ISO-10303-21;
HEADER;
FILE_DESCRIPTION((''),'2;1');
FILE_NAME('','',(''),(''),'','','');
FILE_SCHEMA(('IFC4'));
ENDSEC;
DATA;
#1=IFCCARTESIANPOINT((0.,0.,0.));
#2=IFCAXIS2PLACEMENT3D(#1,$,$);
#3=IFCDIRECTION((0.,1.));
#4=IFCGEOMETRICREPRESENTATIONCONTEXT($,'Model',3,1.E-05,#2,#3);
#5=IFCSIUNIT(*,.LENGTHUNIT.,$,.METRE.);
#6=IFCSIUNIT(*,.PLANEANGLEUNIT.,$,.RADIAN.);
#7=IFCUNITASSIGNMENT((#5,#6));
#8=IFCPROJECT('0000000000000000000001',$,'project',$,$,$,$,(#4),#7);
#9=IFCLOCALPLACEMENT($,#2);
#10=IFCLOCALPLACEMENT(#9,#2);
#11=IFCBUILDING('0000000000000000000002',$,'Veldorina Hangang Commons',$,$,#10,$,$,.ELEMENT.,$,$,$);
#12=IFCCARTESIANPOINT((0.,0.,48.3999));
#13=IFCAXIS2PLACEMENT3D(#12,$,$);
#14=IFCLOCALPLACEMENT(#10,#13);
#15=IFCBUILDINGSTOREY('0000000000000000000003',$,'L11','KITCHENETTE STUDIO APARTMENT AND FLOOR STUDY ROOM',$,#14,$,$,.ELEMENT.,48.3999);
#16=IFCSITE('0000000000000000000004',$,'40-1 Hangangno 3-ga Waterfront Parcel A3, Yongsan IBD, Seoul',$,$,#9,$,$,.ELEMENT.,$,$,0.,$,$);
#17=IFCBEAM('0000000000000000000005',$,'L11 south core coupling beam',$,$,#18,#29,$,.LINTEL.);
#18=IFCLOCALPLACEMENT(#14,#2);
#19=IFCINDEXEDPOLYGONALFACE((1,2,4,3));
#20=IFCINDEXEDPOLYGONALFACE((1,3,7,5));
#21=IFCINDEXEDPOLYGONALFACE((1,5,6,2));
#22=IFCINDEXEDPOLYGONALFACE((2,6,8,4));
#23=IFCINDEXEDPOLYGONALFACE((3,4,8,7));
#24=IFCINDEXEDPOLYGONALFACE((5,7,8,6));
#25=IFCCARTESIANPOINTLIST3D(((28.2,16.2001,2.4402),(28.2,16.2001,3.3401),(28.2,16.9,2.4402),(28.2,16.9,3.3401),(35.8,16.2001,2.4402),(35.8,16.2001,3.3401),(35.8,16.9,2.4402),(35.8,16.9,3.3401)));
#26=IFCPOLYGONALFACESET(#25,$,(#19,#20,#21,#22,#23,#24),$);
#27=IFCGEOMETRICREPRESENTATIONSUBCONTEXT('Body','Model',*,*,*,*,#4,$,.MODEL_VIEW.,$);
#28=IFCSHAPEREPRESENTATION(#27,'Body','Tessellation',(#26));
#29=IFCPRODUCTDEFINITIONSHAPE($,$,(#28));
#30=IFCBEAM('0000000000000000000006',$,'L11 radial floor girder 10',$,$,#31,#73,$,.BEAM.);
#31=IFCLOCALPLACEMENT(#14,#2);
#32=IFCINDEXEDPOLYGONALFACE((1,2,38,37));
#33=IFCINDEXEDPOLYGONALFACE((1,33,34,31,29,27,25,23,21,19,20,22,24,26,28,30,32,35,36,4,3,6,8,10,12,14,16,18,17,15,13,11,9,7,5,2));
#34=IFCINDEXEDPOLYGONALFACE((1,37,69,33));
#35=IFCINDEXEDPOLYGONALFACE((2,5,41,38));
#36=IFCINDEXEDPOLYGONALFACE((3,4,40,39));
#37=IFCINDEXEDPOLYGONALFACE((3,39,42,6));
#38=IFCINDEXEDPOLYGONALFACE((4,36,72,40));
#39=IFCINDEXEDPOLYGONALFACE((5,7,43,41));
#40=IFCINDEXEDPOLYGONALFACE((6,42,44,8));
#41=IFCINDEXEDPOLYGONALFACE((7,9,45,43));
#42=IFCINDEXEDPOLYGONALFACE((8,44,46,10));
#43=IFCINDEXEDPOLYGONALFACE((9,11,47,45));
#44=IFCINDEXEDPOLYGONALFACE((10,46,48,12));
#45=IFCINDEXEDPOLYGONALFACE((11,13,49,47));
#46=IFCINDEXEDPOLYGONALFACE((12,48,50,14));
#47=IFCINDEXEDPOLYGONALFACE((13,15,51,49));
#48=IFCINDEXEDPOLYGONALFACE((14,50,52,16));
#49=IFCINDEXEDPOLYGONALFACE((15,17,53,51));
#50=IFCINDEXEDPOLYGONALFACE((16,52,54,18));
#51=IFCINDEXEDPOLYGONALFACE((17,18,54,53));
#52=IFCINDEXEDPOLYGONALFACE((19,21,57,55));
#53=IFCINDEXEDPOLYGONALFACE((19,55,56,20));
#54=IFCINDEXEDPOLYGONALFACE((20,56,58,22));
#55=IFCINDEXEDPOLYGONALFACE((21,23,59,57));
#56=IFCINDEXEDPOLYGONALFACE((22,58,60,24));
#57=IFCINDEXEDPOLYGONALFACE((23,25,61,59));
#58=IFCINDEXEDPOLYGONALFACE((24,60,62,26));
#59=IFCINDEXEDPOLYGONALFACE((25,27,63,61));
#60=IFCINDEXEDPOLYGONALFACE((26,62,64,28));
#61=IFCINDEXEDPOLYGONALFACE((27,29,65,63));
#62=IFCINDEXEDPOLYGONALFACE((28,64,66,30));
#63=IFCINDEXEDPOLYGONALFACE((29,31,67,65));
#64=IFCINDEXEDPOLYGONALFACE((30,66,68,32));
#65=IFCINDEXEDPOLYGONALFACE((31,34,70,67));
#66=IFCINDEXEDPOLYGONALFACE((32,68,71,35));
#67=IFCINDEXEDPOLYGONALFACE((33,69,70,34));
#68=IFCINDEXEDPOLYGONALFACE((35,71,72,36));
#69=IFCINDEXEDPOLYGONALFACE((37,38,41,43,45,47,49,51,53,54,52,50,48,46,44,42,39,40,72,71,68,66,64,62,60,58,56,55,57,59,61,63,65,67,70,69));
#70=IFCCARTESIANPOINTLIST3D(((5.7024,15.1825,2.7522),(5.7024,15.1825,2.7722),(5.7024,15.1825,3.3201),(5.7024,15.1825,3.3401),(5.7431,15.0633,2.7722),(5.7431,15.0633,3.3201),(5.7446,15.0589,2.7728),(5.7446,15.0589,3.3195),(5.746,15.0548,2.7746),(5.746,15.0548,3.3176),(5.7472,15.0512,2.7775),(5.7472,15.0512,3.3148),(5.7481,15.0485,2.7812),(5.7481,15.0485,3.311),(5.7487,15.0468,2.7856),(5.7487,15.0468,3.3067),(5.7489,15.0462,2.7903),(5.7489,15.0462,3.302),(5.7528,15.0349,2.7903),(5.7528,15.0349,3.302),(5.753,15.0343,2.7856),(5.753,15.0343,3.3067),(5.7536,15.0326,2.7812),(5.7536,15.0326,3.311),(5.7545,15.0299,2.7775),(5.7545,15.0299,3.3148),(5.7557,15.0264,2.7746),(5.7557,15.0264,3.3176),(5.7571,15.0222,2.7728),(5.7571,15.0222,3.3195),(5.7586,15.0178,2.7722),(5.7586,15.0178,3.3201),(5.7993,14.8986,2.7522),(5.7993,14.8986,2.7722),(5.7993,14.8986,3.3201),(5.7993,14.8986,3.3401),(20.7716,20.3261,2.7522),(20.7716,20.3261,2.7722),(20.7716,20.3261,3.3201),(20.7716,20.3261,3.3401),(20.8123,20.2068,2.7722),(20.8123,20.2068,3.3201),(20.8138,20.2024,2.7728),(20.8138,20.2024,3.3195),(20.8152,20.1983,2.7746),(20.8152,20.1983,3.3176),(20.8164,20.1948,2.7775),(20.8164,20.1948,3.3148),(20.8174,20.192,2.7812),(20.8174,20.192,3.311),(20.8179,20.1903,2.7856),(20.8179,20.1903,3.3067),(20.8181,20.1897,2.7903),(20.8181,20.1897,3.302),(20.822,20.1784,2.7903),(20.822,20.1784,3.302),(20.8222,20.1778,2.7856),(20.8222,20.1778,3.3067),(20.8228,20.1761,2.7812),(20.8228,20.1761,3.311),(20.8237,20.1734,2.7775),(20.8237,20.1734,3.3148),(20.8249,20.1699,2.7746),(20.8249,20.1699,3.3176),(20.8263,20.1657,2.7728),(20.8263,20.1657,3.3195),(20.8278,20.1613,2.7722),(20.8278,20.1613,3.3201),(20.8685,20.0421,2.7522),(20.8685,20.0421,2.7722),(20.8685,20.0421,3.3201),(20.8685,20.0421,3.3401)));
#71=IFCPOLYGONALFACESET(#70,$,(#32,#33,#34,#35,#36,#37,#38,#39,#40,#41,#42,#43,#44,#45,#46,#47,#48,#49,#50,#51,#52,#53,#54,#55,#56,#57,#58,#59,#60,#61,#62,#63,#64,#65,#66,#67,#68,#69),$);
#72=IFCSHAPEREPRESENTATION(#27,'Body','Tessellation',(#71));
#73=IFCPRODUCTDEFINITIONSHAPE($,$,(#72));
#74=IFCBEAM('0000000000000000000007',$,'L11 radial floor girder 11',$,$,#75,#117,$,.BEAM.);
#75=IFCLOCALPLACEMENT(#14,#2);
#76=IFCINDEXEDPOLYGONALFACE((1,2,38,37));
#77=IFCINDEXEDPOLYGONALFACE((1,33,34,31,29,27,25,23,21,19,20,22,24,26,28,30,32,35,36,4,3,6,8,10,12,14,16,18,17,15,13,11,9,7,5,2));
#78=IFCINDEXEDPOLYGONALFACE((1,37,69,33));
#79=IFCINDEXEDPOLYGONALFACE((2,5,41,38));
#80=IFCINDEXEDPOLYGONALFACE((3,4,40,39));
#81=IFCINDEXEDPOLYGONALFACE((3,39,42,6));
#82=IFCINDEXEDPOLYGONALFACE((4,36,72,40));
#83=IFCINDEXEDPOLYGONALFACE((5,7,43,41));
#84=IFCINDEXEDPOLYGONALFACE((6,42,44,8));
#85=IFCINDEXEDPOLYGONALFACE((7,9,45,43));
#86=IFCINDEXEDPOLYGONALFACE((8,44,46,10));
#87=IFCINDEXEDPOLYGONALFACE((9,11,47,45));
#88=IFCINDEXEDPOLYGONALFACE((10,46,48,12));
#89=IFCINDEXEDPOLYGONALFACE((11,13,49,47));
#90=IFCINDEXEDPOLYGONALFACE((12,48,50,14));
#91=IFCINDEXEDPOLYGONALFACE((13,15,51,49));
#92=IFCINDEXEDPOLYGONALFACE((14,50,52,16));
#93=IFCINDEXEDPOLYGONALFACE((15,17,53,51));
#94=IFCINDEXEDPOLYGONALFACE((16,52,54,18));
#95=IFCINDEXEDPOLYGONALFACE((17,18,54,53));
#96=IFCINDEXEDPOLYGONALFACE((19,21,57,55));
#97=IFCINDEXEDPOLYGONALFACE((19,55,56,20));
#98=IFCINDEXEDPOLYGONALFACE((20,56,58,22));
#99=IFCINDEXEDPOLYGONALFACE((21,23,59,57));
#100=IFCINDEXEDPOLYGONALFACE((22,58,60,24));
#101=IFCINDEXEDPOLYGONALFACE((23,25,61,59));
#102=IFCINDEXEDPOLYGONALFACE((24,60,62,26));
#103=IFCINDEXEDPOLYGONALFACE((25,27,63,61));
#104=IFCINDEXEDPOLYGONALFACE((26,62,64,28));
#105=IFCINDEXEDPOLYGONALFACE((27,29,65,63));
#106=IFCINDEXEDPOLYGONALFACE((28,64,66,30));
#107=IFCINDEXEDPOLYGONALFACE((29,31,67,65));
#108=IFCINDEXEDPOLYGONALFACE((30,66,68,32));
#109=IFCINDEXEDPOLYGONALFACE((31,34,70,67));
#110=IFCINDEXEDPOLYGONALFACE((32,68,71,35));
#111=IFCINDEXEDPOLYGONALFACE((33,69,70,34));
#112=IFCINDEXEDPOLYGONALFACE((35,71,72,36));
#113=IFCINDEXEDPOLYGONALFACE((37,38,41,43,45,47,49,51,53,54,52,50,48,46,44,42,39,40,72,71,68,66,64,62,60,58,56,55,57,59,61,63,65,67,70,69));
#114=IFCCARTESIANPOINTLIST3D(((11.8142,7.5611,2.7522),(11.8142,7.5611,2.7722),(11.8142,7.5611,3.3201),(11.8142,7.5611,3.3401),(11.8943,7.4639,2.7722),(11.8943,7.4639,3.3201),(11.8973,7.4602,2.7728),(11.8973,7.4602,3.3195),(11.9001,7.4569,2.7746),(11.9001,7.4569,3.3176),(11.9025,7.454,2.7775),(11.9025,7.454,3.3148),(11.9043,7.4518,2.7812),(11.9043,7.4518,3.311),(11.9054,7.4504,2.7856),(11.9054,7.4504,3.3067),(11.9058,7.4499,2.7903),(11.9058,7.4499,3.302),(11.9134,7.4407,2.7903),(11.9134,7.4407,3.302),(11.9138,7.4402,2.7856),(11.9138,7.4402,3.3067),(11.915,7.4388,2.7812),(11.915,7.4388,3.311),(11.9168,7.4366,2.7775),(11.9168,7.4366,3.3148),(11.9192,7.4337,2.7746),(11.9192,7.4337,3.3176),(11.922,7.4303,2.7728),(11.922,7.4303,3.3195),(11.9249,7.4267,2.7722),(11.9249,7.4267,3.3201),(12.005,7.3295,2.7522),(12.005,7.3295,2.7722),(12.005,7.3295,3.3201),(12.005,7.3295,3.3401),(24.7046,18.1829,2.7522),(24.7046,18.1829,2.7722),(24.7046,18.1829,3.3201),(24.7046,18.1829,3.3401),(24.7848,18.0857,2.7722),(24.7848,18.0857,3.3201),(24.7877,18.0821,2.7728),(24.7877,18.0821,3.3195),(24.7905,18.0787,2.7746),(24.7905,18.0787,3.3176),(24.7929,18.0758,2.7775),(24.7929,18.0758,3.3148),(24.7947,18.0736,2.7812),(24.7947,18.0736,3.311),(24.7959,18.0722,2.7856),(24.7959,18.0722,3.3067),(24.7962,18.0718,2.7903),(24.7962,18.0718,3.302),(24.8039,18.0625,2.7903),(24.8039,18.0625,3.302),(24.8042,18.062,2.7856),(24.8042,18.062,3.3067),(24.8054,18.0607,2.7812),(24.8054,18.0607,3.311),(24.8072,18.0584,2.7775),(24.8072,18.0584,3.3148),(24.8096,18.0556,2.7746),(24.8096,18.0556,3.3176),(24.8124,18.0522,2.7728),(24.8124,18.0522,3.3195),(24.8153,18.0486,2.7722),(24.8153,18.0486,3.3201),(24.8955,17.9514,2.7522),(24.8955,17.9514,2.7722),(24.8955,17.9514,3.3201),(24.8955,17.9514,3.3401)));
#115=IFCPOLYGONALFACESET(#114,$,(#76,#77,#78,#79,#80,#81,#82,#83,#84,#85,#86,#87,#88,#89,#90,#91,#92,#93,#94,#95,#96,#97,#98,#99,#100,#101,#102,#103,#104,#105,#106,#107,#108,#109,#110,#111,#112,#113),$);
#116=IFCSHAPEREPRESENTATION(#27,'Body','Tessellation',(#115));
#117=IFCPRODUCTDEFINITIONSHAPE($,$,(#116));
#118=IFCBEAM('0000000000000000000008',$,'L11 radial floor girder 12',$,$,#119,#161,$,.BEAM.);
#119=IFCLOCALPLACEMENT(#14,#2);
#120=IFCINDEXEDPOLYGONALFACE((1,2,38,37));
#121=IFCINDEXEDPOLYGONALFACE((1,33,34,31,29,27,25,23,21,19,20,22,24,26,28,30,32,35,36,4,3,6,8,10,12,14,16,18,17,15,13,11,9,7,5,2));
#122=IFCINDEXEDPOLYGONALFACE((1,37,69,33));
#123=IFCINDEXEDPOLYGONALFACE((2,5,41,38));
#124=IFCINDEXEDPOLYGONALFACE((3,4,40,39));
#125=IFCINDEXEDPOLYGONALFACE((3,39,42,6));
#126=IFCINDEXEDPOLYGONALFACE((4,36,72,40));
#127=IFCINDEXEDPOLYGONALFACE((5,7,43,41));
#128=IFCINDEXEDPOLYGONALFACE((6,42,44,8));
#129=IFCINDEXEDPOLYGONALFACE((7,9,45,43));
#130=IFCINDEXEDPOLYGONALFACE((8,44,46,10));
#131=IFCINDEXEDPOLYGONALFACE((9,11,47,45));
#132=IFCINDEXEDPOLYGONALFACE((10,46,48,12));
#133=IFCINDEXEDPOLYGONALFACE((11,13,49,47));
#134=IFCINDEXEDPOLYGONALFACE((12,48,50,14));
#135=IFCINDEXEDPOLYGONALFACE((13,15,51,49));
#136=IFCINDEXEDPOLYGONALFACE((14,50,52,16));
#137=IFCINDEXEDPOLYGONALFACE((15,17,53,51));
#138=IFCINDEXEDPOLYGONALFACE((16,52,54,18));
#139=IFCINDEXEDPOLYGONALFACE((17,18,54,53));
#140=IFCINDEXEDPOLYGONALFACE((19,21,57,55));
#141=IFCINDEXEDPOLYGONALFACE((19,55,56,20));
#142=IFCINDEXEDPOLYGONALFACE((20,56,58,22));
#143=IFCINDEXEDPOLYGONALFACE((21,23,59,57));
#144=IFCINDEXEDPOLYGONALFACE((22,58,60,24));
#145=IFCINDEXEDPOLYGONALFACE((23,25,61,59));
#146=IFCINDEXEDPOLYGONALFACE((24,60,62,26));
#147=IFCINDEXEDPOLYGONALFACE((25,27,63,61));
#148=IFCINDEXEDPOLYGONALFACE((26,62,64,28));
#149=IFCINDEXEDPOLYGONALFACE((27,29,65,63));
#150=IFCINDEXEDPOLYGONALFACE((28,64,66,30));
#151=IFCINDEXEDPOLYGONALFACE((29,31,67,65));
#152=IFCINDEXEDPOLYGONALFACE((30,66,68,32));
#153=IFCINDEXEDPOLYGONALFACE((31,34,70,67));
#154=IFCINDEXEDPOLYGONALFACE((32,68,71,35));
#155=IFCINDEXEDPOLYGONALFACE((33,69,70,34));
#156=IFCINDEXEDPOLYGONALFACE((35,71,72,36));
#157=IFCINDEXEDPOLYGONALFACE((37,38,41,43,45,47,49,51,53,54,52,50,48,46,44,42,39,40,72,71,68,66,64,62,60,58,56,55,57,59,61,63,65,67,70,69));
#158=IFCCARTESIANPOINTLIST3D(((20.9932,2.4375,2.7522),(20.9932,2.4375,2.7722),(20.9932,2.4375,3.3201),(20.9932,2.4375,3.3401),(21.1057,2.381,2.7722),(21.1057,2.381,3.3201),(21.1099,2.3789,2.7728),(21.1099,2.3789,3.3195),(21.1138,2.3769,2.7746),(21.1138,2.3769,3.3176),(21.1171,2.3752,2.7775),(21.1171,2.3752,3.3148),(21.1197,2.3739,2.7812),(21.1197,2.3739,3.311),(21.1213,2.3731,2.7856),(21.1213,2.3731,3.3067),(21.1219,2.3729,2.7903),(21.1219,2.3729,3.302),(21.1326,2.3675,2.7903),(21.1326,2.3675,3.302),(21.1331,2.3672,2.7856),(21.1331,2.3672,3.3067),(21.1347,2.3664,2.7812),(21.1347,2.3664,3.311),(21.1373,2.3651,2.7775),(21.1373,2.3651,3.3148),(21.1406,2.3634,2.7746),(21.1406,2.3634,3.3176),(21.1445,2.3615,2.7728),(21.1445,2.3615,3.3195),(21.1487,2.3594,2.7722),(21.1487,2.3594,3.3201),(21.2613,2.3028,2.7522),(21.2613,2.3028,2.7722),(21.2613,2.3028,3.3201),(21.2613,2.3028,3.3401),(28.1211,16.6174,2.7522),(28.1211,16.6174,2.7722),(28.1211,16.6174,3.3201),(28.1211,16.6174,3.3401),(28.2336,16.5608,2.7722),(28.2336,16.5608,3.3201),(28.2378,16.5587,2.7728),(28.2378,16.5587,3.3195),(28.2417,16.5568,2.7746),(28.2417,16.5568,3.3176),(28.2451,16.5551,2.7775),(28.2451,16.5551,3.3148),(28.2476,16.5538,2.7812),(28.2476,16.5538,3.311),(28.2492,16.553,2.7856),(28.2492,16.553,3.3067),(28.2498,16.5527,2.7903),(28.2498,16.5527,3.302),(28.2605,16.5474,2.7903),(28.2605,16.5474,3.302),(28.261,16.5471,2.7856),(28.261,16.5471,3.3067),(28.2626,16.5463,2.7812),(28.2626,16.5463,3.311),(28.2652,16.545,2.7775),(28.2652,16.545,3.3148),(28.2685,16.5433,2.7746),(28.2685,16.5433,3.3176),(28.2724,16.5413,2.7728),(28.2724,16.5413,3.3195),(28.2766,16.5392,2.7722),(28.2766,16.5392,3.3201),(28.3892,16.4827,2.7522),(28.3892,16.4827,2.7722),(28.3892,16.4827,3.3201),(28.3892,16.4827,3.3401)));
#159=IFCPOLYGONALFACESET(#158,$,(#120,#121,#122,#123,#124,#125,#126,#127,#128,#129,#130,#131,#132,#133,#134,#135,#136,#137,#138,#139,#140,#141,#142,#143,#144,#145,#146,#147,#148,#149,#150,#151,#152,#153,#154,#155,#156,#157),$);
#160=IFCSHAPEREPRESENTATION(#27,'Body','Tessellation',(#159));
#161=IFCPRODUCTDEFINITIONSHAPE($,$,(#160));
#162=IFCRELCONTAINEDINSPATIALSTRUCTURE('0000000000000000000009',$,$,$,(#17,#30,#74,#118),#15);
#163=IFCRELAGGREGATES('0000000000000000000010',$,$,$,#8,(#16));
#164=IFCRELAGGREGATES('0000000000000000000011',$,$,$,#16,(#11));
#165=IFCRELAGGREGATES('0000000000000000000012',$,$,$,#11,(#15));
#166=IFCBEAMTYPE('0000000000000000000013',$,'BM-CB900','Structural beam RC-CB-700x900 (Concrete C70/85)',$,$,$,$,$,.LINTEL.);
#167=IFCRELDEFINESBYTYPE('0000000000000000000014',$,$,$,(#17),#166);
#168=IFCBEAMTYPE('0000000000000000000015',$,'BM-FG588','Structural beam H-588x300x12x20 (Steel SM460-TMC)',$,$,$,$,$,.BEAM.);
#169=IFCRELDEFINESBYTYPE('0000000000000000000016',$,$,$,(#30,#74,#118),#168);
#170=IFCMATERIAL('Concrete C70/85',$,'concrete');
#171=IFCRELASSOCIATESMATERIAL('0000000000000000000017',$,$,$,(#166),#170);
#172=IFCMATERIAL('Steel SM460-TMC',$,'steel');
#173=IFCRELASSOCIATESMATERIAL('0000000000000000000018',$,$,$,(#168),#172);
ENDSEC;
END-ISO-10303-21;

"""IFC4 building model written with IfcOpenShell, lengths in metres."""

from ifc_helpers import new_model, si_unit, direction, frame, origin, origin_2d, place, context, subcontext, project, spatial, rectangle, i_section, extrude, material, material_profile, profile_set, type_object, element, save


model = new_model("IFC4")

# Units and contexts
model_context = context("Model", 3, precision=1e-05, world=origin(), true_north=direction((0.0, 1.0)))
body_context = subcontext(model_context, "Body", "Model", "MODEL_VIEW")
ifc_project = project(units=[si_unit("LENGTHUNIT", "METRE"), si_unit("PLANEANGLEUNIT", "RADIAN")], contexts=[model_context])

# Site, building, storey
site_placement = place(None, origin())
site = spatial("IfcSite", under=ifc_project, at=site_placement, Name="40-1 Hangangno 3-ga Waterfront Parcel A3, Yongsan IBD, Seoul", CompositionType="ELEMENT", RefElevation=0.0)
building_placement = place(site_placement, origin())
building = spatial("IfcBuilding", under=site, at=building_placement, Name="Veldorina Hangang Commons", CompositionType="ELEMENT")
storey_placement = place(building_placement, frame((0.0, 0.0, 48.3999)))
storey = spatial("IfcBuildingStorey", under=building, at=storey_placement, Name="L11", Description="KITCHENETTE STUDIO APARTMENT AND FLOOR STUDY ROOM", CompositionType="ELEMENT", Elevation=48.3999)

# Beams
ifc_material_1 = material(Name="Concrete C70/85", Category="concrete")
ifc_material_profile_1 = material_profile(ifc_material_1, rectangle(XDim=0.7, YDim=0.8999, at=origin_2d()), Name="RC-CB-700x900")
ifc_profile_set_1 = profile_set([ifc_material_profile_1], Name="Concrete C70/85")
beam_type_1 = type_object("IfcBeamType", Name="BM-CB900", Description="Structural beam RC-CB-700x900 (Concrete C70/85)", PredefinedType="LINTEL", material=ifc_profile_set_1)
beam_1_placement = place(storey_placement, frame((28.2, 16.55, 2.8901), z_axis=(1.0, 0.0, 0.0), x_axis=(0.0, 1.0, 0.0)))
element("IfcBeam", 1, at=beam_1_placement, inside=storey, type_object=beam_type_1, Name="L11 south core coupling beam", PredefinedType="LINTEL", context=body_context, shape_type="SweptSolid", body=[
    extrude(rectangle(XDim=0.7, YDim=0.8999, at=origin_2d()), origin(), (0.0, 0.0, 1.0), 7.6001),
])
ifc_material_2 = material(Name="Steel SM460-TMC", Category="steel")
ifc_material_profile_2 = material_profile(ifc_material_2, i_section(OverallWidth=0.3, OverallDepth=0.5879, WebThickness=0.012, FlangeThickness=0.02, FilletRadius=0.0181, at=origin_2d()), Name="H-588x300x12x20")
ifc_profile_set_2 = profile_set([ifc_material_profile_2], Name="Steel SM460-TMC")
beam_type_2 = type_object("IfcBeamType", Name="BM-FG588", Description="Structural beam H-588x300x12x20 (Steel SM460-TMC)", PredefinedType="BEAM", material=ifc_profile_set_2)
beam_2_placement = place(storey_placement, frame((20.8201, 20.1841, 3.0461), z_axis=(-0.94639, -0.323027, 0.0), x_axis=(0.323027, -0.94639, 0.0)))
element("IfcBeam", 2, at=beam_2_placement, inside=storey, type_object=beam_type_2, Name="L11 radial floor girder 10", PredefinedType="BEAM", context=body_context, shape_type="SweptSolid", body=[
    extrude(i_section(OverallWidth=0.3, OverallDepth=0.5879, WebThickness=0.012, FlangeThickness=0.02, FilletRadius=0.0181, at=origin_2d()), origin(), (0.0, 0.0, 1.0), 15.9229),
])
beam_3_placement = place(storey_placement, frame((24.8, 18.0671, 3.0461), z_axis=(-0.771748, -0.635929, 0.0), x_axis=(0.635929, -0.771748, 0.0)))
element("IfcBeam", 3, at=beam_3_placement, inside=storey, type_object=beam_type_2, Name="L11 radial floor girder 11", PredefinedType="BEAM", context=body_context, shape_type="SweptSolid", body=[
    extrude(i_section(OverallWidth=0.3, OverallDepth=0.5879, WebThickness=0.012, FlangeThickness=0.02, FilletRadius=0.0181, at=origin_2d()), origin(), (0.0, 0.0, 1.0), 16.7029),
])
beam_4_placement = place(storey_placement, frame((28.2551, 16.55, 3.0461), z_axis=(-0.449126, -0.893468, 0.0), x_axis=(0.893468, -0.449126, 0.0)))
element("IfcBeam", 4, at=beam_4_placement, inside=storey, type_object=beam_type_2, Name="L11 radial floor girder 12", PredefinedType="BEAM", context=body_context, shape_type="SweptSolid", body=[
    extrude(i_section(OverallWidth=0.3, OverallDepth=0.5879, WebThickness=0.012, FlangeThickness=0.02, FilletRadius=0.0181, at=origin_2d()), origin(), (0.0, 0.0, 1.0), 15.8706),
])

save(model, "model.ifc")
